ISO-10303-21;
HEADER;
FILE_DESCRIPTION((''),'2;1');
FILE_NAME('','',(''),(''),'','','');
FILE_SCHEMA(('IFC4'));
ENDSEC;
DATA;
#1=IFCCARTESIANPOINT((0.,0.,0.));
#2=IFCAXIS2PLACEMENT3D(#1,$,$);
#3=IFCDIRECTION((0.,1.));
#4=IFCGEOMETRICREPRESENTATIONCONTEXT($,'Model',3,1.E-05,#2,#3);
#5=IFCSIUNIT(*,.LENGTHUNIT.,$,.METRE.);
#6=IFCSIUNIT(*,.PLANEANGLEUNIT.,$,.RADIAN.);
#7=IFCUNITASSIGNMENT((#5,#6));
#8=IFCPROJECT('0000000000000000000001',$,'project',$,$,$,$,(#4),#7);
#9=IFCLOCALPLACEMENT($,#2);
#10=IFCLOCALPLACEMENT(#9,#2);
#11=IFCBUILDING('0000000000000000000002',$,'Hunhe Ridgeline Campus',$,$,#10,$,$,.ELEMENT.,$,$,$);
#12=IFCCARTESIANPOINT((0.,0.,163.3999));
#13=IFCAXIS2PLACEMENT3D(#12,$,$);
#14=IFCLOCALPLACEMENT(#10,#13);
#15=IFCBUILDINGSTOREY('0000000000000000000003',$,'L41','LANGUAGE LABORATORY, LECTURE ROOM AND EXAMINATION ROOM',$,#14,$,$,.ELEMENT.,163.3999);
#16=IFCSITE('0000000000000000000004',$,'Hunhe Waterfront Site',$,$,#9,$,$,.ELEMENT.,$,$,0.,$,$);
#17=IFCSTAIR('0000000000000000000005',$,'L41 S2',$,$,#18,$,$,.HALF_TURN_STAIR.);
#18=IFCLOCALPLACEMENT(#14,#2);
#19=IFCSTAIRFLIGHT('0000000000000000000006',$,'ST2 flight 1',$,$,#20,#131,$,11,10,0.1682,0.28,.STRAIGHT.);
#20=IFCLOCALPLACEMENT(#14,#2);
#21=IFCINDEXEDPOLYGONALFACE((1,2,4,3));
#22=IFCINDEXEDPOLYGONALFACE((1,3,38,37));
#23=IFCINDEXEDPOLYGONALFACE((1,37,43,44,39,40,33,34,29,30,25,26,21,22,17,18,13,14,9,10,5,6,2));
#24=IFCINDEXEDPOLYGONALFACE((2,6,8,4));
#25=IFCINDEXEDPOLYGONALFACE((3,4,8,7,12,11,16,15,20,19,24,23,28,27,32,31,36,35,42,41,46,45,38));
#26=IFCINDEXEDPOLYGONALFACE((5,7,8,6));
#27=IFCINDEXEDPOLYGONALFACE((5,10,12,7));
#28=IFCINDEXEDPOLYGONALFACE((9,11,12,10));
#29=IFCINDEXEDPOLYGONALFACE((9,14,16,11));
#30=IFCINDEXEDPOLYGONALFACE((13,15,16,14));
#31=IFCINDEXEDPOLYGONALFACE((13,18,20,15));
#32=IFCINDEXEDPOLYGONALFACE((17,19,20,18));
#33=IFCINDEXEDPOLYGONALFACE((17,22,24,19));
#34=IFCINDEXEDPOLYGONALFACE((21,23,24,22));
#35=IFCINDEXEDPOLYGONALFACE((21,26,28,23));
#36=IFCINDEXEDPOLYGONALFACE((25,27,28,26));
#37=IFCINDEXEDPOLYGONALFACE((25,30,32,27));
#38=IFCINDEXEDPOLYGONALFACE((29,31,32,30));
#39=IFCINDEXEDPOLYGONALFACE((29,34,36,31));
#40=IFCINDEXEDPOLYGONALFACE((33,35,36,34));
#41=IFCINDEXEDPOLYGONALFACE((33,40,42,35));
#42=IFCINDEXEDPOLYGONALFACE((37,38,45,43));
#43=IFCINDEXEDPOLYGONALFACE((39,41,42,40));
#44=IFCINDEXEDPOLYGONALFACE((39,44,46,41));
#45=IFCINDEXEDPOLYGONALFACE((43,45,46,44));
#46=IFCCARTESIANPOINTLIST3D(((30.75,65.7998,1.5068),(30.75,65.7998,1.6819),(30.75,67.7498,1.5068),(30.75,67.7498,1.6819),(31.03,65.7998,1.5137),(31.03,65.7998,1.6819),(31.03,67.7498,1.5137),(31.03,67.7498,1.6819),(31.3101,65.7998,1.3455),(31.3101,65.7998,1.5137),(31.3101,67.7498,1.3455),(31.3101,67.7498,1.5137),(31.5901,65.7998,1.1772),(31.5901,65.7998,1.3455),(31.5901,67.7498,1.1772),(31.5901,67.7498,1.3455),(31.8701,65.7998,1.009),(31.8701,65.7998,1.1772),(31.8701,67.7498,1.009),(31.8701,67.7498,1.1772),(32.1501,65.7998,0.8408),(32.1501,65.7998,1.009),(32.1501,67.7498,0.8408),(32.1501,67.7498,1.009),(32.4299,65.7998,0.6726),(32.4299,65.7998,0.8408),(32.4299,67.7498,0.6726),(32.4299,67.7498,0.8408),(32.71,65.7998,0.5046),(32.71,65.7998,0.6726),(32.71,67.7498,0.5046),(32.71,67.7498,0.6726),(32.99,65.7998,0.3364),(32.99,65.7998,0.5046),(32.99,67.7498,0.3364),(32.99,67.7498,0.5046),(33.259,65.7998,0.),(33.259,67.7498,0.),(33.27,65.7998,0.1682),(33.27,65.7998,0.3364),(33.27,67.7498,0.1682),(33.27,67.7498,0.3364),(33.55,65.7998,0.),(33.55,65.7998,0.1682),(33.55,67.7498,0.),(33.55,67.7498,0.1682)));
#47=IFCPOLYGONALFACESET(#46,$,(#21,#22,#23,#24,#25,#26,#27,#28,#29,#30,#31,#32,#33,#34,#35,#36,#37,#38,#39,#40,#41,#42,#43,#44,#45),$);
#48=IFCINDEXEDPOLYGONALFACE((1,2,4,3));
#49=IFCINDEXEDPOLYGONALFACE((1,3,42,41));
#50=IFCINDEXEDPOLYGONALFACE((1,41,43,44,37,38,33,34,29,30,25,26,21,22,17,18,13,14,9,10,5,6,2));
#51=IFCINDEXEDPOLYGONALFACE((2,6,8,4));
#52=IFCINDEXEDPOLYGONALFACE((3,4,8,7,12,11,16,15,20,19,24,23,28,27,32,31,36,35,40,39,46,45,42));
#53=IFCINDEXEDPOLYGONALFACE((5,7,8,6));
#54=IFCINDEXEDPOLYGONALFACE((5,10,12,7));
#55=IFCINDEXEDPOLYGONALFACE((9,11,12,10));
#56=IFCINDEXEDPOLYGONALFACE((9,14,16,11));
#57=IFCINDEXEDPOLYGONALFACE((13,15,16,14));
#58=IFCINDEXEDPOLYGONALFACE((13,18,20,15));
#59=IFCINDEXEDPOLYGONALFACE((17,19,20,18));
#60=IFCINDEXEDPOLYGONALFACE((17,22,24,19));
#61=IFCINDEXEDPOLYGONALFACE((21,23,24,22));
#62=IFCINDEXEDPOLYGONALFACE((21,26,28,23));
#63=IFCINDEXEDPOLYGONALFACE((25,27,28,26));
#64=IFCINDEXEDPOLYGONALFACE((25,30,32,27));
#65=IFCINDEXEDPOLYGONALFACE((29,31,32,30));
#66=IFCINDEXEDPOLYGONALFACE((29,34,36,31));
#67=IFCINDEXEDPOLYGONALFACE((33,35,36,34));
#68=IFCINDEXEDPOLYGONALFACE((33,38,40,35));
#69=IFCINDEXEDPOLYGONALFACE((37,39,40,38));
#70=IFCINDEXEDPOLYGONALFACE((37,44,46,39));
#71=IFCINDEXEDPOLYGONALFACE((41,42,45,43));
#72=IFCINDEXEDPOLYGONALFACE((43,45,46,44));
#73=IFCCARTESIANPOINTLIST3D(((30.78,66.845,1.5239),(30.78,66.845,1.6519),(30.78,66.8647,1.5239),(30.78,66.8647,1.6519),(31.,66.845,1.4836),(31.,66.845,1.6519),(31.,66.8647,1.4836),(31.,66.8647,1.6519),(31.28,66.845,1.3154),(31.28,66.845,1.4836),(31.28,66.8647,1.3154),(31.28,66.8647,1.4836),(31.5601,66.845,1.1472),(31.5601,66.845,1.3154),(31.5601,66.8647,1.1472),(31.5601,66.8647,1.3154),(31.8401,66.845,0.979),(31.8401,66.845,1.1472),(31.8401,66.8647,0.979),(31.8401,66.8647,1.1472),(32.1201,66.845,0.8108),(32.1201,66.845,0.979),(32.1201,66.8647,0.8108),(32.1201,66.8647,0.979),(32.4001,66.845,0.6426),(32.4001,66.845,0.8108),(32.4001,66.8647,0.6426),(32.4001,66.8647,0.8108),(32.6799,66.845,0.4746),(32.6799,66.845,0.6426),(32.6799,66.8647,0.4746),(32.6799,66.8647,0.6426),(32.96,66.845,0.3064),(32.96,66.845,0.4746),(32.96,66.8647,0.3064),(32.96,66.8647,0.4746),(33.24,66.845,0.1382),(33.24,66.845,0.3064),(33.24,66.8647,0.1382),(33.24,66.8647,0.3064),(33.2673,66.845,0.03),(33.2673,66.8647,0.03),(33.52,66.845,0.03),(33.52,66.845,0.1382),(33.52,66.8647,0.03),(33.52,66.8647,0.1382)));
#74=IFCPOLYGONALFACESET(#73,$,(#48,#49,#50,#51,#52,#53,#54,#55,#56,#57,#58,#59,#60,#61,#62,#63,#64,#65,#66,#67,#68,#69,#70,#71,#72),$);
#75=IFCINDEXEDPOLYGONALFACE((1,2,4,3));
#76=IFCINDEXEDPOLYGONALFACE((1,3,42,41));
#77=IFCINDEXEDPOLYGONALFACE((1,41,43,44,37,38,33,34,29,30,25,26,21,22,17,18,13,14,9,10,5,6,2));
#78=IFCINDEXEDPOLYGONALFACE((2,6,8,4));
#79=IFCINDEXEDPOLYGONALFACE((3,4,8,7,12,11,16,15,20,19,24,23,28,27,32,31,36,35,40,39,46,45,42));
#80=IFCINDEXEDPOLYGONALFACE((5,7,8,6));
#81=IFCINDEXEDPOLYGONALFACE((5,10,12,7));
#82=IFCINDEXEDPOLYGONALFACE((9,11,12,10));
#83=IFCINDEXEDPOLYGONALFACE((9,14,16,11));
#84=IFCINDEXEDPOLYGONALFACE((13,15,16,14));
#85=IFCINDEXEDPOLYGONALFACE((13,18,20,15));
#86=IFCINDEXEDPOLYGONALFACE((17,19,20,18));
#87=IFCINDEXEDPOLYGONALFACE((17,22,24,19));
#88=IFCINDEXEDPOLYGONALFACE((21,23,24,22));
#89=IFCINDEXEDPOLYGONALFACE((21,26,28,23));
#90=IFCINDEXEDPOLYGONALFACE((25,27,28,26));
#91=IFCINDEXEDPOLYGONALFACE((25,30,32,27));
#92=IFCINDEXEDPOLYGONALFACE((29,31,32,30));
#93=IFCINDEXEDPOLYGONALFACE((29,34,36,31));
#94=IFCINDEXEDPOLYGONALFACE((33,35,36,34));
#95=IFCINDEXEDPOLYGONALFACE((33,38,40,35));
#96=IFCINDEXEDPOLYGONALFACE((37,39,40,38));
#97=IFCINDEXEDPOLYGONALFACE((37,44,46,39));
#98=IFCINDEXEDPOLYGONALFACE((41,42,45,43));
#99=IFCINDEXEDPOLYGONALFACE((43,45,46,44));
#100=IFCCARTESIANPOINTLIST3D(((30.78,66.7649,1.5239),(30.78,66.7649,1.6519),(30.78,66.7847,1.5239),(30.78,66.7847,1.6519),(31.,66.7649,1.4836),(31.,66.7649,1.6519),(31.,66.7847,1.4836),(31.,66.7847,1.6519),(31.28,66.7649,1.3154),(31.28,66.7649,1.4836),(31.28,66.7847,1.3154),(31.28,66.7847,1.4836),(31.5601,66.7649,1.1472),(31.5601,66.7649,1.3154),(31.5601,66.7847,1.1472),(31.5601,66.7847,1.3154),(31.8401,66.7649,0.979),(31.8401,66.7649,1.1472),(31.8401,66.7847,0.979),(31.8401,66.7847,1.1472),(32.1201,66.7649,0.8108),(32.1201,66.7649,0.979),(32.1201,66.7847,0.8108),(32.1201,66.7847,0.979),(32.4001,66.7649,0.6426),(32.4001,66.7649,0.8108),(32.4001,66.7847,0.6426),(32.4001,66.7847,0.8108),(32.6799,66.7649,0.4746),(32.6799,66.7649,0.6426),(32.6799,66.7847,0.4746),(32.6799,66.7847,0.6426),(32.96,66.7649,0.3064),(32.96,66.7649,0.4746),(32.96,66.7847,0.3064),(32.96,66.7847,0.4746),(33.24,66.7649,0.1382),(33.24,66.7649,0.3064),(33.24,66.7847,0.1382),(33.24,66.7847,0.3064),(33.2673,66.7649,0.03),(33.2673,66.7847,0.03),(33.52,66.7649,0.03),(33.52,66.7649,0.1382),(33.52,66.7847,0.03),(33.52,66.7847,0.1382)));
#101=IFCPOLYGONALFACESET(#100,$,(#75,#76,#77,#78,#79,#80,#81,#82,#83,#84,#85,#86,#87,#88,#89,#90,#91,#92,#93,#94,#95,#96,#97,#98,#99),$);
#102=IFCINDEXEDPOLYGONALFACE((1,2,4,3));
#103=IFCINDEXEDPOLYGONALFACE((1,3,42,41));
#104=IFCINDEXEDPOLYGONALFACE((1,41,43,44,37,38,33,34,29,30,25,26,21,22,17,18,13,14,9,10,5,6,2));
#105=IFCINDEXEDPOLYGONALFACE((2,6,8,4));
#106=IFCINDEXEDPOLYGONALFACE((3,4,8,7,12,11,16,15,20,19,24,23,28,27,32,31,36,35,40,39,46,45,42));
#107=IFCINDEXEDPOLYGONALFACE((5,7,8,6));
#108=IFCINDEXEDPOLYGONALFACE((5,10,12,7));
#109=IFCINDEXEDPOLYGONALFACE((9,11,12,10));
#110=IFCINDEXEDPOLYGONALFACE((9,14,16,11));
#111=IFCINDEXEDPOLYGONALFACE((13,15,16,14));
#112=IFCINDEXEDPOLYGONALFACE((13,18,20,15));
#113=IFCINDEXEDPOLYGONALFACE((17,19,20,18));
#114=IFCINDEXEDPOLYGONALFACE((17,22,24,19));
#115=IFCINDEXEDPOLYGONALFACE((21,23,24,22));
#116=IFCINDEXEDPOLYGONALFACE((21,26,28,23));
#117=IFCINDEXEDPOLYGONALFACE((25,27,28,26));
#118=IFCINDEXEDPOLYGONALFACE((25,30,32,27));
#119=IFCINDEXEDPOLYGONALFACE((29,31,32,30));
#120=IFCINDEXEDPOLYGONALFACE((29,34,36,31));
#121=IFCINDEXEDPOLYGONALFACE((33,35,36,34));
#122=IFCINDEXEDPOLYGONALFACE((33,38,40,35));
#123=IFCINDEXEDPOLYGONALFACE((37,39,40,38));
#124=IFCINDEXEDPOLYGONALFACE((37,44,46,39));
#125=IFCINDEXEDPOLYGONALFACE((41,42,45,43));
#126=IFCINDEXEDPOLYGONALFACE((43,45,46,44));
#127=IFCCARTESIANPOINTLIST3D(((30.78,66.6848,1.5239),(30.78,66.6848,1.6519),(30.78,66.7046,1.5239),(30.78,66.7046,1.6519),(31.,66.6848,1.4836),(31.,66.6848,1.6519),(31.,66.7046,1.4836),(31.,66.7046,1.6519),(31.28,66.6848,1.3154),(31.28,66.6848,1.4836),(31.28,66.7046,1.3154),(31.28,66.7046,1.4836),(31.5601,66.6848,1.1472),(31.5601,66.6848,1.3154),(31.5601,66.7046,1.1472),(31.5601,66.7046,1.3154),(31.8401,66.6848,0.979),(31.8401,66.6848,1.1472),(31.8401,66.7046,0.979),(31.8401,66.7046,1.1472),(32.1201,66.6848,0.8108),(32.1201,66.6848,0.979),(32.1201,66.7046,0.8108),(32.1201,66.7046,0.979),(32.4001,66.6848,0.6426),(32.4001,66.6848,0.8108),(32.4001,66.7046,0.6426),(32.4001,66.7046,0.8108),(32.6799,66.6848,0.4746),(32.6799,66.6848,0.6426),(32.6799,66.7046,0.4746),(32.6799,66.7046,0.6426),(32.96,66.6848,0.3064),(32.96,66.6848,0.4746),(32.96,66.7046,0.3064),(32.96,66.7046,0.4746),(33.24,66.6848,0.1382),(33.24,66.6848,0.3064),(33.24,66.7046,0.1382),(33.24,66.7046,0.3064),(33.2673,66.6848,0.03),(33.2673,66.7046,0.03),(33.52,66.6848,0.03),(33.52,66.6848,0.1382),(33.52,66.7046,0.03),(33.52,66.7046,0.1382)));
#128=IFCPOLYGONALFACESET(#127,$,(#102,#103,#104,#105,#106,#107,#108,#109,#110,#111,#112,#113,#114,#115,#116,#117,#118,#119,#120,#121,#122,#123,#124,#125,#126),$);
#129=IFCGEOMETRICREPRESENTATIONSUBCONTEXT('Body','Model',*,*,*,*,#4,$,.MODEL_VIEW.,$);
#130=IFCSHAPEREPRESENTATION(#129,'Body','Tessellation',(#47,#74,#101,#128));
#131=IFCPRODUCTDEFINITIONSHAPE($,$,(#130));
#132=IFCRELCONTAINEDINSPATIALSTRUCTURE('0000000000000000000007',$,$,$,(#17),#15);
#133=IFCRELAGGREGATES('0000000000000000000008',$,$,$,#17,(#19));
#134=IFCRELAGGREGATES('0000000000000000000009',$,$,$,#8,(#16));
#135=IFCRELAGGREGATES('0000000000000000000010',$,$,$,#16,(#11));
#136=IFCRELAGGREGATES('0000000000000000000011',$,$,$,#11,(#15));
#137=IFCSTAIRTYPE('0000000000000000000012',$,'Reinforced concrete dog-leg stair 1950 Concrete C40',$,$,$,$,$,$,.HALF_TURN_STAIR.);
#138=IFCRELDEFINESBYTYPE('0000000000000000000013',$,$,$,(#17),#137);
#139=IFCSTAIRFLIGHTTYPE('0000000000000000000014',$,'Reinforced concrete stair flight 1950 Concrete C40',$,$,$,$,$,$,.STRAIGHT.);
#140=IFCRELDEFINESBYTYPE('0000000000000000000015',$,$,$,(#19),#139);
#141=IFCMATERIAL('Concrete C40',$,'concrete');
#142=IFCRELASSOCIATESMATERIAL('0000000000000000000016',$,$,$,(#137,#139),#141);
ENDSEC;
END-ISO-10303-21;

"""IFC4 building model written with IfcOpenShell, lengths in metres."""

from ifc_helpers import new_model, si_unit, direction, frame, origin, place, context, subcontext, project, spatial, polyline, outline, extrude, material, type_object, element, aggregate, save


model = new_model("IFC4")

# Units and contexts
model_context = context("Model", 3, precision=1e-05, world=origin(), true_north=direction((0.0, 1.0)))
body_context = subcontext(model_context, "Body", "Model", "MODEL_VIEW")
ifc_project = project(units=[si_unit("LENGTHUNIT", "METRE"), si_unit("PLANEANGLEUNIT", "RADIAN")], contexts=[model_context])

# Site, building, storey
site_placement = place(None, origin())
site = spatial("IfcSite", under=ifc_project, at=site_placement, Name="Hunhe Waterfront Site", CompositionType="ELEMENT", RefElevation=0.0)
building_placement = place(site_placement, origin())
building = spatial("IfcBuilding", under=site, at=building_placement, Name="Hunhe Ridgeline Campus", CompositionType="ELEMENT")
storey_placement = place(building_placement, frame((0.0, 0.0, 163.3999)))
storey = spatial("IfcBuildingStorey", under=building, at=storey_placement, Name="L41", Description="LANGUAGE LABORATORY, LECTURE ROOM AND EXAMINATION ROOM", CompositionType="ELEMENT", Elevation=163.3999)

# Stair, stair flight
ifc_material_1 = material(Name="Concrete C40", Category="concrete")
stair_type = type_object("IfcStairType", Name="Reinforced concrete dog-leg stair 1950 Concrete C40", PredefinedType="HALF_TURN_STAIR", material=ifc_material_1)
stair_placement = place(storey_placement, origin())
stair = element("IfcStair", 1, at=stair_placement, inside=storey, type_object=stair_type, Name="L41 S2", PredefinedType="HALF_TURN_STAIR")
stair_flight_type = type_object("IfcStairFlightType", Name="Reinforced concrete stair flight 1950 Concrete C40", PredefinedType="STRAIGHT", material=ifc_material_1)
stair_flight_placement = place(storey_placement, frame((33.55, 66.7749, 0.0), z_axis=(0.0, 0.0, 1.0), x_axis=(-1.0, 0.0, 0.0)))
stair_flight = element("IfcStairFlight", 2, at=stair_flight_placement, type_object=stair_flight_type, Name="ST2 flight 1", NumberOfRisers=11, NumberOfTreads=10, PredefinedType="STRAIGHT", RiserHeight=0.1682, TreadLength=0.28, context=body_context, shape_type="SweptSolid", body=[
    extrude(outline(polyline([(0.0, 0.0), (0.0, 0.1682), (0.28, 0.1682), (0.28, 0.3364), (0.5601, 0.3364), (0.5601, 0.5046), (0.8401, 0.5046), (0.8401, 0.6726), (1.1201, 0.6726), (1.1201, 0.8408), (1.3999, 0.8408), (1.3999, 1.009), (1.6799, 1.009), (1.6799, 1.1772), (1.96, 1.1772), (1.96, 1.3455), (2.24, 1.3455), (2.24, 1.5137), (2.52, 1.5137), (2.52, 1.6819), (2.8, 1.6819), (2.8, 1.8501), (2.8, 1.5068), (0.291, 0.0), (0.0, 0.0)])), frame((0.0, 0.9751, 0.0), z_axis=(0.0, -1.0, 0.0), x_axis=(1.0, 0.0, 0.0)), (0.0, 0.0, 1.0), 1.95),
    extrude(outline(polyline([(0.03, 0.03), (0.03, 0.1382), (0.3101, 0.1382), (0.3101, 0.3064), (0.5901, 0.3064), (0.5901, 0.4746), (0.8701, 0.4746), (0.8701, 0.6426), (1.1499, 0.6426), (1.1499, 0.8108), (1.4299, 0.8108), (1.4299, 0.979), (1.71, 0.979), (1.71, 1.1472), (1.99, 1.1472), (1.99, 1.3154), (2.27, 1.3154), (2.27, 1.4836), (2.55, 1.4836), (2.55, 1.6519), (2.77, 1.6519), (2.77, 1.5239), (0.2827, 0.03), (0.03, 0.03)])), frame((0.0, -0.0701, 0.0), z_axis=(0.0, -1.0, 0.0), x_axis=(1.0, 0.0, 0.0)), (0.0, 0.0, 1.0), 0.0198),
    extrude(outline(polyline([(0.03, 0.03), (0.03, 0.1382), (0.3101, 0.1382), (0.3101, 0.3064), (0.5901, 0.3064), (0.5901, 0.4746), (0.8701, 0.4746), (0.8701, 0.6426), (1.1499, 0.6426), (1.1499, 0.8108), (1.4299, 0.8108), (1.4299, 0.979), (1.71, 0.979), (1.71, 1.1472), (1.99, 1.1472), (1.99, 1.3154), (2.27, 1.3154), (2.27, 1.4836), (2.55, 1.4836), (2.55, 1.6519), (2.77, 1.6519), (2.77, 1.5239), (0.2827, 0.03), (0.03, 0.03)])), frame((0.0, 0.01, 0.0), z_axis=(0.0, -1.0, 0.0), x_axis=(1.0, 0.0, 0.0)), (0.0, 0.0, 1.0), 0.0198),
    extrude(outline(polyline([(0.03, 0.03), (0.03, 0.1382), (0.3101, 0.1382), (0.3101, 0.3064), (0.5901, 0.3064), (0.5901, 0.4746), (0.8701, 0.4746), (0.8701, 0.6426), (1.1499, 0.6426), (1.1499, 0.8108), (1.4299, 0.8108), (1.4299, 0.979), (1.71, 0.979), (1.71, 1.1472), (1.99, 1.1472), (1.99, 1.3154), (2.27, 1.3154), (2.27, 1.4836), (2.55, 1.4836), (2.55, 1.6519), (2.77, 1.6519), (2.77, 1.5239), (0.2827, 0.03), (0.03, 0.03)])), frame((0.0, 0.0901, 0.0), z_axis=(0.0, -1.0, 0.0), x_axis=(1.0, 0.0, 0.0)), (0.0, 0.0, 1.0), 0.0198),
])
aggregate(stair, [stair_flight])

save(model, "model.ifc")
